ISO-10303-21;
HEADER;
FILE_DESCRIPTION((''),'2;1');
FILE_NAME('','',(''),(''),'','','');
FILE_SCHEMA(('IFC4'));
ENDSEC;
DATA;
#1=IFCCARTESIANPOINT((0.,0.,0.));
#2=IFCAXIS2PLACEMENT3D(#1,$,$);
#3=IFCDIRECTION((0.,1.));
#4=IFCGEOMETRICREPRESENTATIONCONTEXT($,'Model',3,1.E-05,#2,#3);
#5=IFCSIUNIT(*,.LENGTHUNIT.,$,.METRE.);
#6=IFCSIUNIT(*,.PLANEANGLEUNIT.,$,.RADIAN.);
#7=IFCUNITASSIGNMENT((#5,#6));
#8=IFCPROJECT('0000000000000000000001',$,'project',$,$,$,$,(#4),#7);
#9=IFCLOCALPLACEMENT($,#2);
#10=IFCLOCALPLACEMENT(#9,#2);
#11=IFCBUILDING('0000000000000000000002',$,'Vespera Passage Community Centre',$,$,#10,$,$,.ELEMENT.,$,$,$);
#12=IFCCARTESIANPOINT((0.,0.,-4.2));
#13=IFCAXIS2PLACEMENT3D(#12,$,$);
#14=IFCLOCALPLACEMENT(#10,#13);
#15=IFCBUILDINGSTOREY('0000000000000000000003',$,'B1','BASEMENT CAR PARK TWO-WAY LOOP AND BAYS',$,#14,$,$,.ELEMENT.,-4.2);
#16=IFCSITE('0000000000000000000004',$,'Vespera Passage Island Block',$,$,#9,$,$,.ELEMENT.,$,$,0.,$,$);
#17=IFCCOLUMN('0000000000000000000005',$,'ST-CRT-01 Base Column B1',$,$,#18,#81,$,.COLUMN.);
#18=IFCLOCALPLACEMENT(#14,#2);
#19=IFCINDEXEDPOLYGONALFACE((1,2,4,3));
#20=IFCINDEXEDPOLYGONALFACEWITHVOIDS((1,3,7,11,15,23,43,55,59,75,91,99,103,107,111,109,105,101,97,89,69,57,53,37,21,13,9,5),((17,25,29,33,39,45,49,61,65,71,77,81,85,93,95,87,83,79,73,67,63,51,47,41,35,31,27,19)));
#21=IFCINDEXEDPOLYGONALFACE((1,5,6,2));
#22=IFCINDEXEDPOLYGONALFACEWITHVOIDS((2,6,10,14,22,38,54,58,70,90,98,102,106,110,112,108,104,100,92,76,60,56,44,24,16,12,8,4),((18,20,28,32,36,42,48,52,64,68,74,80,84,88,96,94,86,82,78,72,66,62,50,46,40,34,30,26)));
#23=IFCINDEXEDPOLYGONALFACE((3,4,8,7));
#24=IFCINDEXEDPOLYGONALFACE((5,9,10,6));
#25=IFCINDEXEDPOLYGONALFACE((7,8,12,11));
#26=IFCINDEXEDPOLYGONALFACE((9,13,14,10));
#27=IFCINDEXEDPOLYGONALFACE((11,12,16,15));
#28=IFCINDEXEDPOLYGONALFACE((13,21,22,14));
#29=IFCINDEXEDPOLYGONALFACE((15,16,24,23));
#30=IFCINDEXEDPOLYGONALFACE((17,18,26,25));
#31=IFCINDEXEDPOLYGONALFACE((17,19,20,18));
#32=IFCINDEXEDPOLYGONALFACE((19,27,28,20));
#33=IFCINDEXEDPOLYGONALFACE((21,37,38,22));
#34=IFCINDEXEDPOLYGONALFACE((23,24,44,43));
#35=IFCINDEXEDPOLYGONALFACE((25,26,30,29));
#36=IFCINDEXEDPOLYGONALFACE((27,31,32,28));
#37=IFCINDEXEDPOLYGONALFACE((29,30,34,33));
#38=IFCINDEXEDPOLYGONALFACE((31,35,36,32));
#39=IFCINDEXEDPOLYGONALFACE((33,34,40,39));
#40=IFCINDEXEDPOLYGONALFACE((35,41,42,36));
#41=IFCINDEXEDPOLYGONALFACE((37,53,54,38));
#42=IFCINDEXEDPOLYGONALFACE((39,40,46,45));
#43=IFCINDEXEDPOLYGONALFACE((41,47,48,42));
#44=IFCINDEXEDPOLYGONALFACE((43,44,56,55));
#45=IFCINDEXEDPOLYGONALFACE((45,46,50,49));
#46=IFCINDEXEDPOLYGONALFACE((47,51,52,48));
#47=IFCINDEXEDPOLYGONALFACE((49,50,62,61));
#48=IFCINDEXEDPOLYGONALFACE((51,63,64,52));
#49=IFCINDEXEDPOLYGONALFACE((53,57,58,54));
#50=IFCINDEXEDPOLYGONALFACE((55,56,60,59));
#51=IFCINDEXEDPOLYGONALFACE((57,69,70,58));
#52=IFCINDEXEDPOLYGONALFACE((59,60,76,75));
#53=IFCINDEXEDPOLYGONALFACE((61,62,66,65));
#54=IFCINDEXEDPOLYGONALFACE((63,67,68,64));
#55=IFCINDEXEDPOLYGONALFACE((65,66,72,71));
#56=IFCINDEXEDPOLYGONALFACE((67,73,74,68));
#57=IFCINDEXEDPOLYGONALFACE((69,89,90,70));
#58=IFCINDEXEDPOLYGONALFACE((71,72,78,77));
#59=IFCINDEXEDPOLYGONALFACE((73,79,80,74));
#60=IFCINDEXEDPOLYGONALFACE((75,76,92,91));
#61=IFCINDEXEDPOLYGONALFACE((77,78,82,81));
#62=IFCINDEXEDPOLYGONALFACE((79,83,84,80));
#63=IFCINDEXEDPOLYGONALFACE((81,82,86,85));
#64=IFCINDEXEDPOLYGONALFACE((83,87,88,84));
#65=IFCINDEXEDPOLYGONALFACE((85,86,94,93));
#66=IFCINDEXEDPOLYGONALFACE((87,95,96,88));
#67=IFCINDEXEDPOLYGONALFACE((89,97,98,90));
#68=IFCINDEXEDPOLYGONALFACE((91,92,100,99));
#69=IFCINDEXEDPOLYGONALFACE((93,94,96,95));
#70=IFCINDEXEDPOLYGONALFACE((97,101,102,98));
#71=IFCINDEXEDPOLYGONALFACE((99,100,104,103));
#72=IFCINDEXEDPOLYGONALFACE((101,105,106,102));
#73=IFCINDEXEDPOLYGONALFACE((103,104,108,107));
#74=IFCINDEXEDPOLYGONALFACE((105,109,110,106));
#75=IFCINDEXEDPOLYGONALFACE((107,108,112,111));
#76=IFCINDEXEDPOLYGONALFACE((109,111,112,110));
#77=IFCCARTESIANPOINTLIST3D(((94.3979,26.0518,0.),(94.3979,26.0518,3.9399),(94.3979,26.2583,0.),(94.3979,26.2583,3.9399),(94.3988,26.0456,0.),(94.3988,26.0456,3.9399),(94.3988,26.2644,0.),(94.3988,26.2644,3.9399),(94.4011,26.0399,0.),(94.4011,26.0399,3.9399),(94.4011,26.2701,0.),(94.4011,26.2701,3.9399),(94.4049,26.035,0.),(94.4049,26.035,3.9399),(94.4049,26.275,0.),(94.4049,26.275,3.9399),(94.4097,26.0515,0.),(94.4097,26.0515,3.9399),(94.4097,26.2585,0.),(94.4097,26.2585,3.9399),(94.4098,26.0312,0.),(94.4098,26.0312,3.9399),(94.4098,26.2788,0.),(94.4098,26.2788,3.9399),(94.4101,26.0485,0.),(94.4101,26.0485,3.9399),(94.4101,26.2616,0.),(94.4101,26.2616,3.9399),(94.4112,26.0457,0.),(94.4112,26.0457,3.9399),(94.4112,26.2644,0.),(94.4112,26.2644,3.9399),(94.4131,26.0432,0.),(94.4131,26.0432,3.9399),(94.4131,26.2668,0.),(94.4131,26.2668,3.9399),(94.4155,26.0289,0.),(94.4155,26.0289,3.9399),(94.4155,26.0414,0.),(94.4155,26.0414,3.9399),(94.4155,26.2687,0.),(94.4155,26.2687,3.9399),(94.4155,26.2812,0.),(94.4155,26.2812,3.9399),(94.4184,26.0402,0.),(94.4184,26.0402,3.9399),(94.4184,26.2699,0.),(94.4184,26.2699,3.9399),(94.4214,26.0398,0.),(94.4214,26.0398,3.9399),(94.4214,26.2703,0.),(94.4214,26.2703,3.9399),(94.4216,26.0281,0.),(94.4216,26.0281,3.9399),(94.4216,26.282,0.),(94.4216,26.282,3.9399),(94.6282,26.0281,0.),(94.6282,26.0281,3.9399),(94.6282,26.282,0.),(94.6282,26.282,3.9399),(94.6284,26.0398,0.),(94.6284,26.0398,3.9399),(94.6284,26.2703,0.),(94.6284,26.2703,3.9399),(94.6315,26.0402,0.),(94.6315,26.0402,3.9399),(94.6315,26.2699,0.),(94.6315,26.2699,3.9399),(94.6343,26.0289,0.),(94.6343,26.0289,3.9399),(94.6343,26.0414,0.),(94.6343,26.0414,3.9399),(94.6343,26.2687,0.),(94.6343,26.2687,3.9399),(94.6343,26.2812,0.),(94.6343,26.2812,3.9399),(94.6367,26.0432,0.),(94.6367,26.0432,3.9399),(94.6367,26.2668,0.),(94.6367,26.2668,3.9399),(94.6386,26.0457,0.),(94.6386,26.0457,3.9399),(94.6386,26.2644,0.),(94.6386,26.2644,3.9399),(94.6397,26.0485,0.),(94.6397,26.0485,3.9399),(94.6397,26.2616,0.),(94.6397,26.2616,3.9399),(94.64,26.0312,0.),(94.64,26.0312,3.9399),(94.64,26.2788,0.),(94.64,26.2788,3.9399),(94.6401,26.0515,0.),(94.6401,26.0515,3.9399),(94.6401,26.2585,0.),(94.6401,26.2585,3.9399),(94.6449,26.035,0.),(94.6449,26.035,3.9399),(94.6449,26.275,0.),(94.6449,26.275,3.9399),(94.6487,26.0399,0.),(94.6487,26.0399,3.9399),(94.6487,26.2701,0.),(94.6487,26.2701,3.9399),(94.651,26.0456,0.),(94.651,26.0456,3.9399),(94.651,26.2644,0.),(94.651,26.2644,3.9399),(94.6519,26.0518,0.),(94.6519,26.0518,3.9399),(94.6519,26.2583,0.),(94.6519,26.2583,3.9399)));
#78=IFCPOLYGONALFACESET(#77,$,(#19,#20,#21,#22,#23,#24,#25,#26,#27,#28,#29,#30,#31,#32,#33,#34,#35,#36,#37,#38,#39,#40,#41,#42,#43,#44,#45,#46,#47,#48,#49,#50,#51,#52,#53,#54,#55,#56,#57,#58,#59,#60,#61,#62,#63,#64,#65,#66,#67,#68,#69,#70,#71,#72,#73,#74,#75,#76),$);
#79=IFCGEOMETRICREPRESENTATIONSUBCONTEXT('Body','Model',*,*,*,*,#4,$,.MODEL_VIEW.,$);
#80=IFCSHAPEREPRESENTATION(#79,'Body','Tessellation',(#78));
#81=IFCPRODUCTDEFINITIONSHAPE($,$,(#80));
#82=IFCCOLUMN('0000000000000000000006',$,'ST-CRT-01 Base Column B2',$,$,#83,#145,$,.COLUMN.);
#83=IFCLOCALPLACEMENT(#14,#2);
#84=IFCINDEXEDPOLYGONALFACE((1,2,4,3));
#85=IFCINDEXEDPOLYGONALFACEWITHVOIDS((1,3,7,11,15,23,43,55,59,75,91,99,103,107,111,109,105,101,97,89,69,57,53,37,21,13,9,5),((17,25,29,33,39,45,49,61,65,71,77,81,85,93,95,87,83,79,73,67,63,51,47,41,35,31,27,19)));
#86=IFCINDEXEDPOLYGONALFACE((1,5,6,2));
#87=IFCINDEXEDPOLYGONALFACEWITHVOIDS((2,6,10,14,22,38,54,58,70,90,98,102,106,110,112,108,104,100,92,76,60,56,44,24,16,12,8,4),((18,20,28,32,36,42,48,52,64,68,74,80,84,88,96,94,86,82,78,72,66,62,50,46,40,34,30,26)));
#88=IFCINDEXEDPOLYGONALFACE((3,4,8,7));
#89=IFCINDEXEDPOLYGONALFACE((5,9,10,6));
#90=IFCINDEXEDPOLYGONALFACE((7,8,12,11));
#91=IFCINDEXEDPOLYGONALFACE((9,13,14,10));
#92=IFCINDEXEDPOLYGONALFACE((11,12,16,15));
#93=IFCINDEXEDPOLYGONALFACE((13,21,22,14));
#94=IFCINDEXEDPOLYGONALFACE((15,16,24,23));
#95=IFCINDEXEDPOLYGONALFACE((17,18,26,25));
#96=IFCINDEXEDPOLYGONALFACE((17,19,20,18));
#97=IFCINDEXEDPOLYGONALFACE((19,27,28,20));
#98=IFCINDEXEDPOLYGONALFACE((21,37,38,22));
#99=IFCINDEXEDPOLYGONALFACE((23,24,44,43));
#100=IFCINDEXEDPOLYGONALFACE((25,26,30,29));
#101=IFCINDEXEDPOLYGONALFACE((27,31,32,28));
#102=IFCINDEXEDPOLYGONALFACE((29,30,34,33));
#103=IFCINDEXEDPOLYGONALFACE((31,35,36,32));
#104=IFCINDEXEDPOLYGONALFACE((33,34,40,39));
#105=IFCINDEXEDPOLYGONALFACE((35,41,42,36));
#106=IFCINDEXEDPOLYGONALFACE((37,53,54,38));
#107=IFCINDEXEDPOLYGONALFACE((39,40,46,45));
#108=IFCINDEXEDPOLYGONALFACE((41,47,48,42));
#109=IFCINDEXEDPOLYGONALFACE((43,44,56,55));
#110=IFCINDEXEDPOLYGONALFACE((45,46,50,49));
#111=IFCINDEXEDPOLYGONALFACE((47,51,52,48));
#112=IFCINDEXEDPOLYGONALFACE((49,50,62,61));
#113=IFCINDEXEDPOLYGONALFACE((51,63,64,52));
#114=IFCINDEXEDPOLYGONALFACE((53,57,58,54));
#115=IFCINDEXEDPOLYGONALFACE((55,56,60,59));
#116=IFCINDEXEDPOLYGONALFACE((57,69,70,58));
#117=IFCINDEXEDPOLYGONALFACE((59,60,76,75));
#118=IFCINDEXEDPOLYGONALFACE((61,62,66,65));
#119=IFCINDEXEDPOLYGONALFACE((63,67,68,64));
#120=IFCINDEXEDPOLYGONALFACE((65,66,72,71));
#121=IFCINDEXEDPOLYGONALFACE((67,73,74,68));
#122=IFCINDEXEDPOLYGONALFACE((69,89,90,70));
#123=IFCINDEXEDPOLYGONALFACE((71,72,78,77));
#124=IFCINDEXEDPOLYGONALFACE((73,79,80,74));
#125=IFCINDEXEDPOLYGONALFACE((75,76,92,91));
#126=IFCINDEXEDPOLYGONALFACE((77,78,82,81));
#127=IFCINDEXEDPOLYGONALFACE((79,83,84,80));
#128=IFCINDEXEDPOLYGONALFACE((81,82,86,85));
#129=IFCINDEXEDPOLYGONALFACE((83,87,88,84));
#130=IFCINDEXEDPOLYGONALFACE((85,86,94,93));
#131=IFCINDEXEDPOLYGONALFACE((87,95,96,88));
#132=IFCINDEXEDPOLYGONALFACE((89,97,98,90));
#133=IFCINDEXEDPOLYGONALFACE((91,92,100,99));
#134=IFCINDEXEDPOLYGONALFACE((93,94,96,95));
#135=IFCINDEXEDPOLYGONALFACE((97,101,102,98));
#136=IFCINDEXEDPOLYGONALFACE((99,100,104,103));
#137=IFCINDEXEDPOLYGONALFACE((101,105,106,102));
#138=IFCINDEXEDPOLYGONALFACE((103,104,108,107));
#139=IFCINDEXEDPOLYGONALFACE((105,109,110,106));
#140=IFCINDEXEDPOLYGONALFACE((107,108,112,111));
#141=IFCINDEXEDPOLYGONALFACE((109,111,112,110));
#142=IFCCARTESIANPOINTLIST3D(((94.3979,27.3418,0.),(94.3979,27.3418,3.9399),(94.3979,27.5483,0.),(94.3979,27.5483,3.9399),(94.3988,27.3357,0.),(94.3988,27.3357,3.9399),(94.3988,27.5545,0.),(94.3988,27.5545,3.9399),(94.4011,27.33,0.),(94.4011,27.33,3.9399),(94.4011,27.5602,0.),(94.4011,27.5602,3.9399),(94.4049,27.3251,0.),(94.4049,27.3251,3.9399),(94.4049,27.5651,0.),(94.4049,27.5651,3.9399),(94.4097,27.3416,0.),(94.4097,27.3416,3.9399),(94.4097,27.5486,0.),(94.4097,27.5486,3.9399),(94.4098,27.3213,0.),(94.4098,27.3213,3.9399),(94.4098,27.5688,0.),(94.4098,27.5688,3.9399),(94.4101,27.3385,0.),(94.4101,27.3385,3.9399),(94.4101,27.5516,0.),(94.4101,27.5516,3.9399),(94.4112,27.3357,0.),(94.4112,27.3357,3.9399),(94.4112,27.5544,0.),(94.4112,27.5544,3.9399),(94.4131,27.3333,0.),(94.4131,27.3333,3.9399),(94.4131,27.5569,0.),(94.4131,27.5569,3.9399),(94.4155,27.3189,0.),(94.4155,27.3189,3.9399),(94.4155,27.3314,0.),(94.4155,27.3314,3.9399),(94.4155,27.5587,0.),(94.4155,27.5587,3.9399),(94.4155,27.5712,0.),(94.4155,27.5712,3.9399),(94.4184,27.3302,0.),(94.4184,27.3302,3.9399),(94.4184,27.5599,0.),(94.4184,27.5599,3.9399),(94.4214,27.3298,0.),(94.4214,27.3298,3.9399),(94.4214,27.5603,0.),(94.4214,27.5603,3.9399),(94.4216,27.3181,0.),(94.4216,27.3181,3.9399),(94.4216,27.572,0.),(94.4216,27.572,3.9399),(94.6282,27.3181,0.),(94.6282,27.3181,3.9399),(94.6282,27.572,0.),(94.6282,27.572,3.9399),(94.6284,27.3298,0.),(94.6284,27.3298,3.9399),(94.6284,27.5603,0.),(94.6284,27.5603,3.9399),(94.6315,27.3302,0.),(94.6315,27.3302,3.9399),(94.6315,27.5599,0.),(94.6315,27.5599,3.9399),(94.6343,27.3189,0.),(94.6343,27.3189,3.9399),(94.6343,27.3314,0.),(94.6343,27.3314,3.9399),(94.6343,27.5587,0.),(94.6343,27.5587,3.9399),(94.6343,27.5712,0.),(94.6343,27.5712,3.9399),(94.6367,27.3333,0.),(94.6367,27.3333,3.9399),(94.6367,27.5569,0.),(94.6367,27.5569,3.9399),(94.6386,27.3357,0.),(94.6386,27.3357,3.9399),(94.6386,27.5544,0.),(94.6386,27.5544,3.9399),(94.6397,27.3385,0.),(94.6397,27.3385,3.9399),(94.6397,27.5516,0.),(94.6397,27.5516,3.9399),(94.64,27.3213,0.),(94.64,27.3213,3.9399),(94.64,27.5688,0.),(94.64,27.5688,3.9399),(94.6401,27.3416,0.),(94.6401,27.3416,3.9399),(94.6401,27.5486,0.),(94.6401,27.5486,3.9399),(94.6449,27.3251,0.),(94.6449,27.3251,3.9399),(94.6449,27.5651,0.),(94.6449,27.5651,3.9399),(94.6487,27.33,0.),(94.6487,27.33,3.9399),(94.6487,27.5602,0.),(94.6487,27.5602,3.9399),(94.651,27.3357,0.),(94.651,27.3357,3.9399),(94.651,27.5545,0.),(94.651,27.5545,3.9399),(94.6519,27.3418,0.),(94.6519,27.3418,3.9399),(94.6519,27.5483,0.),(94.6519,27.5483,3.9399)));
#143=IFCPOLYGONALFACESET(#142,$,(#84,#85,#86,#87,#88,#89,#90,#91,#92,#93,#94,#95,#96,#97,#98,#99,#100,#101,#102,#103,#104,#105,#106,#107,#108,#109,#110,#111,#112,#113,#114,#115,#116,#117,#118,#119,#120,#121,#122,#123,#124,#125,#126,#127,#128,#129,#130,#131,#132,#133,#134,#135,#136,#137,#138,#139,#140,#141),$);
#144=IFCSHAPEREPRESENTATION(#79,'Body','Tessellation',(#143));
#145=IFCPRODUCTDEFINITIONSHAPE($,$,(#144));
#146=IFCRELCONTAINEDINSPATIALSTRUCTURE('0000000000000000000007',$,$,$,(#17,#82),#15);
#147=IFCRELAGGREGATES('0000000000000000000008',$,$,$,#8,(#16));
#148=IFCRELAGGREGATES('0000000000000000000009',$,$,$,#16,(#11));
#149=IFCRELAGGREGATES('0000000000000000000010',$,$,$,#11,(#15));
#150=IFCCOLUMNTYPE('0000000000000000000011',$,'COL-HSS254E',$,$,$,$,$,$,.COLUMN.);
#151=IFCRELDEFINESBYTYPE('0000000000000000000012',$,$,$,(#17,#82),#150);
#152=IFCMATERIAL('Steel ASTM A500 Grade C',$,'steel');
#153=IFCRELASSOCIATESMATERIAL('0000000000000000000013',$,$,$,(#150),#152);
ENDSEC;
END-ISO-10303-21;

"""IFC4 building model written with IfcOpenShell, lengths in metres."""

from ifc_helpers import new_model, si_unit, direction, frame, origin, origin_2d, place, context, subcontext, project, spatial, hollow_rectangle, extrude, material, material_profile, profile_set, type_object, element, save


model = new_model("IFC4")

# Units and contexts
model_context = context("Model", 3, precision=1e-05, world=origin(), true_north=direction((0.0, 1.0)))
body_context = subcontext(model_context, "Body", "Model", "MODEL_VIEW")
ifc_project = project(units=[si_unit("LENGTHUNIT", "METRE"), si_unit("PLANEANGLEUNIT", "RADIAN")], contexts=[model_context])

# Site, building, storey
site_placement = place(None, origin())
site = spatial("IfcSite", under=ifc_project, at=site_placement, Name="Vespera Passage Island Block", CompositionType="ELEMENT", RefElevation=0.0)
building_placement = place(site_placement, origin())
building = spatial("IfcBuilding", under=site, at=building_placement, Name="Vespera Passage Community Centre", CompositionType="ELEMENT")
storey_placement = place(building_placement, frame((0.0, 0.0, -4.2)))
storey = spatial("IfcBuildingStorey", under=building, at=storey_placement, Name="B1", Description="BASEMENT CAR PARK TWO-WAY LOOP AND BAYS", CompositionType="ELEMENT", Elevation=-4.2)

# Columns
ifc_material_1 = material(Name="Steel ASTM A500 Grade C", Category="steel")
ifc_material_profile_1 = material_profile(ifc_material_1, hollow_rectangle(XDim=0.2539, YDim=0.2539, WallThickness=0.0117, InnerFilletRadius=0.0117, OuterFilletRadius=0.0237, at=origin_2d()), Name="HSS254X254X12.7")
ifc_profile_set_1 = profile_set([ifc_material_profile_1], Name="Steel ASTM A500 Grade C")
column_type_1 = type_object("IfcColumnType", Name="COL-HSS254E", PredefinedType="COLUMN", material=ifc_profile_set_1)
for number, where, z_axis, x_axis, name in (
    (1, (94.5249, 26.155, 0.0), (0.0, 0.0, 1.0), (1.0, 0.0, 0.0), "ST-CRT-01 Base Column B1"),
    (2, (94.5249, 27.4451, 0.0), (0.0, 0.0, 1.0), (1.0, 0.0, 0.0), "ST-CRT-01 Base Column B2"),
):
    element("IfcColumn", number, at=place(storey_placement, frame(where, z_axis=z_axis, x_axis=x_axis)), inside=storey, type_object=column_type_1, Name=name, PredefinedType="COLUMN", context=body_context, shape_type="SweptSolid", body=[
        extrude(hollow_rectangle(XDim=0.2539, YDim=0.2539, WallThickness=0.0117, InnerFilletRadius=0.0117, OuterFilletRadius=0.0237, at=origin_2d()), origin(), (0.0, 0.0, 1.0), 3.9399),
    ])

save(model, "model.ifc")
